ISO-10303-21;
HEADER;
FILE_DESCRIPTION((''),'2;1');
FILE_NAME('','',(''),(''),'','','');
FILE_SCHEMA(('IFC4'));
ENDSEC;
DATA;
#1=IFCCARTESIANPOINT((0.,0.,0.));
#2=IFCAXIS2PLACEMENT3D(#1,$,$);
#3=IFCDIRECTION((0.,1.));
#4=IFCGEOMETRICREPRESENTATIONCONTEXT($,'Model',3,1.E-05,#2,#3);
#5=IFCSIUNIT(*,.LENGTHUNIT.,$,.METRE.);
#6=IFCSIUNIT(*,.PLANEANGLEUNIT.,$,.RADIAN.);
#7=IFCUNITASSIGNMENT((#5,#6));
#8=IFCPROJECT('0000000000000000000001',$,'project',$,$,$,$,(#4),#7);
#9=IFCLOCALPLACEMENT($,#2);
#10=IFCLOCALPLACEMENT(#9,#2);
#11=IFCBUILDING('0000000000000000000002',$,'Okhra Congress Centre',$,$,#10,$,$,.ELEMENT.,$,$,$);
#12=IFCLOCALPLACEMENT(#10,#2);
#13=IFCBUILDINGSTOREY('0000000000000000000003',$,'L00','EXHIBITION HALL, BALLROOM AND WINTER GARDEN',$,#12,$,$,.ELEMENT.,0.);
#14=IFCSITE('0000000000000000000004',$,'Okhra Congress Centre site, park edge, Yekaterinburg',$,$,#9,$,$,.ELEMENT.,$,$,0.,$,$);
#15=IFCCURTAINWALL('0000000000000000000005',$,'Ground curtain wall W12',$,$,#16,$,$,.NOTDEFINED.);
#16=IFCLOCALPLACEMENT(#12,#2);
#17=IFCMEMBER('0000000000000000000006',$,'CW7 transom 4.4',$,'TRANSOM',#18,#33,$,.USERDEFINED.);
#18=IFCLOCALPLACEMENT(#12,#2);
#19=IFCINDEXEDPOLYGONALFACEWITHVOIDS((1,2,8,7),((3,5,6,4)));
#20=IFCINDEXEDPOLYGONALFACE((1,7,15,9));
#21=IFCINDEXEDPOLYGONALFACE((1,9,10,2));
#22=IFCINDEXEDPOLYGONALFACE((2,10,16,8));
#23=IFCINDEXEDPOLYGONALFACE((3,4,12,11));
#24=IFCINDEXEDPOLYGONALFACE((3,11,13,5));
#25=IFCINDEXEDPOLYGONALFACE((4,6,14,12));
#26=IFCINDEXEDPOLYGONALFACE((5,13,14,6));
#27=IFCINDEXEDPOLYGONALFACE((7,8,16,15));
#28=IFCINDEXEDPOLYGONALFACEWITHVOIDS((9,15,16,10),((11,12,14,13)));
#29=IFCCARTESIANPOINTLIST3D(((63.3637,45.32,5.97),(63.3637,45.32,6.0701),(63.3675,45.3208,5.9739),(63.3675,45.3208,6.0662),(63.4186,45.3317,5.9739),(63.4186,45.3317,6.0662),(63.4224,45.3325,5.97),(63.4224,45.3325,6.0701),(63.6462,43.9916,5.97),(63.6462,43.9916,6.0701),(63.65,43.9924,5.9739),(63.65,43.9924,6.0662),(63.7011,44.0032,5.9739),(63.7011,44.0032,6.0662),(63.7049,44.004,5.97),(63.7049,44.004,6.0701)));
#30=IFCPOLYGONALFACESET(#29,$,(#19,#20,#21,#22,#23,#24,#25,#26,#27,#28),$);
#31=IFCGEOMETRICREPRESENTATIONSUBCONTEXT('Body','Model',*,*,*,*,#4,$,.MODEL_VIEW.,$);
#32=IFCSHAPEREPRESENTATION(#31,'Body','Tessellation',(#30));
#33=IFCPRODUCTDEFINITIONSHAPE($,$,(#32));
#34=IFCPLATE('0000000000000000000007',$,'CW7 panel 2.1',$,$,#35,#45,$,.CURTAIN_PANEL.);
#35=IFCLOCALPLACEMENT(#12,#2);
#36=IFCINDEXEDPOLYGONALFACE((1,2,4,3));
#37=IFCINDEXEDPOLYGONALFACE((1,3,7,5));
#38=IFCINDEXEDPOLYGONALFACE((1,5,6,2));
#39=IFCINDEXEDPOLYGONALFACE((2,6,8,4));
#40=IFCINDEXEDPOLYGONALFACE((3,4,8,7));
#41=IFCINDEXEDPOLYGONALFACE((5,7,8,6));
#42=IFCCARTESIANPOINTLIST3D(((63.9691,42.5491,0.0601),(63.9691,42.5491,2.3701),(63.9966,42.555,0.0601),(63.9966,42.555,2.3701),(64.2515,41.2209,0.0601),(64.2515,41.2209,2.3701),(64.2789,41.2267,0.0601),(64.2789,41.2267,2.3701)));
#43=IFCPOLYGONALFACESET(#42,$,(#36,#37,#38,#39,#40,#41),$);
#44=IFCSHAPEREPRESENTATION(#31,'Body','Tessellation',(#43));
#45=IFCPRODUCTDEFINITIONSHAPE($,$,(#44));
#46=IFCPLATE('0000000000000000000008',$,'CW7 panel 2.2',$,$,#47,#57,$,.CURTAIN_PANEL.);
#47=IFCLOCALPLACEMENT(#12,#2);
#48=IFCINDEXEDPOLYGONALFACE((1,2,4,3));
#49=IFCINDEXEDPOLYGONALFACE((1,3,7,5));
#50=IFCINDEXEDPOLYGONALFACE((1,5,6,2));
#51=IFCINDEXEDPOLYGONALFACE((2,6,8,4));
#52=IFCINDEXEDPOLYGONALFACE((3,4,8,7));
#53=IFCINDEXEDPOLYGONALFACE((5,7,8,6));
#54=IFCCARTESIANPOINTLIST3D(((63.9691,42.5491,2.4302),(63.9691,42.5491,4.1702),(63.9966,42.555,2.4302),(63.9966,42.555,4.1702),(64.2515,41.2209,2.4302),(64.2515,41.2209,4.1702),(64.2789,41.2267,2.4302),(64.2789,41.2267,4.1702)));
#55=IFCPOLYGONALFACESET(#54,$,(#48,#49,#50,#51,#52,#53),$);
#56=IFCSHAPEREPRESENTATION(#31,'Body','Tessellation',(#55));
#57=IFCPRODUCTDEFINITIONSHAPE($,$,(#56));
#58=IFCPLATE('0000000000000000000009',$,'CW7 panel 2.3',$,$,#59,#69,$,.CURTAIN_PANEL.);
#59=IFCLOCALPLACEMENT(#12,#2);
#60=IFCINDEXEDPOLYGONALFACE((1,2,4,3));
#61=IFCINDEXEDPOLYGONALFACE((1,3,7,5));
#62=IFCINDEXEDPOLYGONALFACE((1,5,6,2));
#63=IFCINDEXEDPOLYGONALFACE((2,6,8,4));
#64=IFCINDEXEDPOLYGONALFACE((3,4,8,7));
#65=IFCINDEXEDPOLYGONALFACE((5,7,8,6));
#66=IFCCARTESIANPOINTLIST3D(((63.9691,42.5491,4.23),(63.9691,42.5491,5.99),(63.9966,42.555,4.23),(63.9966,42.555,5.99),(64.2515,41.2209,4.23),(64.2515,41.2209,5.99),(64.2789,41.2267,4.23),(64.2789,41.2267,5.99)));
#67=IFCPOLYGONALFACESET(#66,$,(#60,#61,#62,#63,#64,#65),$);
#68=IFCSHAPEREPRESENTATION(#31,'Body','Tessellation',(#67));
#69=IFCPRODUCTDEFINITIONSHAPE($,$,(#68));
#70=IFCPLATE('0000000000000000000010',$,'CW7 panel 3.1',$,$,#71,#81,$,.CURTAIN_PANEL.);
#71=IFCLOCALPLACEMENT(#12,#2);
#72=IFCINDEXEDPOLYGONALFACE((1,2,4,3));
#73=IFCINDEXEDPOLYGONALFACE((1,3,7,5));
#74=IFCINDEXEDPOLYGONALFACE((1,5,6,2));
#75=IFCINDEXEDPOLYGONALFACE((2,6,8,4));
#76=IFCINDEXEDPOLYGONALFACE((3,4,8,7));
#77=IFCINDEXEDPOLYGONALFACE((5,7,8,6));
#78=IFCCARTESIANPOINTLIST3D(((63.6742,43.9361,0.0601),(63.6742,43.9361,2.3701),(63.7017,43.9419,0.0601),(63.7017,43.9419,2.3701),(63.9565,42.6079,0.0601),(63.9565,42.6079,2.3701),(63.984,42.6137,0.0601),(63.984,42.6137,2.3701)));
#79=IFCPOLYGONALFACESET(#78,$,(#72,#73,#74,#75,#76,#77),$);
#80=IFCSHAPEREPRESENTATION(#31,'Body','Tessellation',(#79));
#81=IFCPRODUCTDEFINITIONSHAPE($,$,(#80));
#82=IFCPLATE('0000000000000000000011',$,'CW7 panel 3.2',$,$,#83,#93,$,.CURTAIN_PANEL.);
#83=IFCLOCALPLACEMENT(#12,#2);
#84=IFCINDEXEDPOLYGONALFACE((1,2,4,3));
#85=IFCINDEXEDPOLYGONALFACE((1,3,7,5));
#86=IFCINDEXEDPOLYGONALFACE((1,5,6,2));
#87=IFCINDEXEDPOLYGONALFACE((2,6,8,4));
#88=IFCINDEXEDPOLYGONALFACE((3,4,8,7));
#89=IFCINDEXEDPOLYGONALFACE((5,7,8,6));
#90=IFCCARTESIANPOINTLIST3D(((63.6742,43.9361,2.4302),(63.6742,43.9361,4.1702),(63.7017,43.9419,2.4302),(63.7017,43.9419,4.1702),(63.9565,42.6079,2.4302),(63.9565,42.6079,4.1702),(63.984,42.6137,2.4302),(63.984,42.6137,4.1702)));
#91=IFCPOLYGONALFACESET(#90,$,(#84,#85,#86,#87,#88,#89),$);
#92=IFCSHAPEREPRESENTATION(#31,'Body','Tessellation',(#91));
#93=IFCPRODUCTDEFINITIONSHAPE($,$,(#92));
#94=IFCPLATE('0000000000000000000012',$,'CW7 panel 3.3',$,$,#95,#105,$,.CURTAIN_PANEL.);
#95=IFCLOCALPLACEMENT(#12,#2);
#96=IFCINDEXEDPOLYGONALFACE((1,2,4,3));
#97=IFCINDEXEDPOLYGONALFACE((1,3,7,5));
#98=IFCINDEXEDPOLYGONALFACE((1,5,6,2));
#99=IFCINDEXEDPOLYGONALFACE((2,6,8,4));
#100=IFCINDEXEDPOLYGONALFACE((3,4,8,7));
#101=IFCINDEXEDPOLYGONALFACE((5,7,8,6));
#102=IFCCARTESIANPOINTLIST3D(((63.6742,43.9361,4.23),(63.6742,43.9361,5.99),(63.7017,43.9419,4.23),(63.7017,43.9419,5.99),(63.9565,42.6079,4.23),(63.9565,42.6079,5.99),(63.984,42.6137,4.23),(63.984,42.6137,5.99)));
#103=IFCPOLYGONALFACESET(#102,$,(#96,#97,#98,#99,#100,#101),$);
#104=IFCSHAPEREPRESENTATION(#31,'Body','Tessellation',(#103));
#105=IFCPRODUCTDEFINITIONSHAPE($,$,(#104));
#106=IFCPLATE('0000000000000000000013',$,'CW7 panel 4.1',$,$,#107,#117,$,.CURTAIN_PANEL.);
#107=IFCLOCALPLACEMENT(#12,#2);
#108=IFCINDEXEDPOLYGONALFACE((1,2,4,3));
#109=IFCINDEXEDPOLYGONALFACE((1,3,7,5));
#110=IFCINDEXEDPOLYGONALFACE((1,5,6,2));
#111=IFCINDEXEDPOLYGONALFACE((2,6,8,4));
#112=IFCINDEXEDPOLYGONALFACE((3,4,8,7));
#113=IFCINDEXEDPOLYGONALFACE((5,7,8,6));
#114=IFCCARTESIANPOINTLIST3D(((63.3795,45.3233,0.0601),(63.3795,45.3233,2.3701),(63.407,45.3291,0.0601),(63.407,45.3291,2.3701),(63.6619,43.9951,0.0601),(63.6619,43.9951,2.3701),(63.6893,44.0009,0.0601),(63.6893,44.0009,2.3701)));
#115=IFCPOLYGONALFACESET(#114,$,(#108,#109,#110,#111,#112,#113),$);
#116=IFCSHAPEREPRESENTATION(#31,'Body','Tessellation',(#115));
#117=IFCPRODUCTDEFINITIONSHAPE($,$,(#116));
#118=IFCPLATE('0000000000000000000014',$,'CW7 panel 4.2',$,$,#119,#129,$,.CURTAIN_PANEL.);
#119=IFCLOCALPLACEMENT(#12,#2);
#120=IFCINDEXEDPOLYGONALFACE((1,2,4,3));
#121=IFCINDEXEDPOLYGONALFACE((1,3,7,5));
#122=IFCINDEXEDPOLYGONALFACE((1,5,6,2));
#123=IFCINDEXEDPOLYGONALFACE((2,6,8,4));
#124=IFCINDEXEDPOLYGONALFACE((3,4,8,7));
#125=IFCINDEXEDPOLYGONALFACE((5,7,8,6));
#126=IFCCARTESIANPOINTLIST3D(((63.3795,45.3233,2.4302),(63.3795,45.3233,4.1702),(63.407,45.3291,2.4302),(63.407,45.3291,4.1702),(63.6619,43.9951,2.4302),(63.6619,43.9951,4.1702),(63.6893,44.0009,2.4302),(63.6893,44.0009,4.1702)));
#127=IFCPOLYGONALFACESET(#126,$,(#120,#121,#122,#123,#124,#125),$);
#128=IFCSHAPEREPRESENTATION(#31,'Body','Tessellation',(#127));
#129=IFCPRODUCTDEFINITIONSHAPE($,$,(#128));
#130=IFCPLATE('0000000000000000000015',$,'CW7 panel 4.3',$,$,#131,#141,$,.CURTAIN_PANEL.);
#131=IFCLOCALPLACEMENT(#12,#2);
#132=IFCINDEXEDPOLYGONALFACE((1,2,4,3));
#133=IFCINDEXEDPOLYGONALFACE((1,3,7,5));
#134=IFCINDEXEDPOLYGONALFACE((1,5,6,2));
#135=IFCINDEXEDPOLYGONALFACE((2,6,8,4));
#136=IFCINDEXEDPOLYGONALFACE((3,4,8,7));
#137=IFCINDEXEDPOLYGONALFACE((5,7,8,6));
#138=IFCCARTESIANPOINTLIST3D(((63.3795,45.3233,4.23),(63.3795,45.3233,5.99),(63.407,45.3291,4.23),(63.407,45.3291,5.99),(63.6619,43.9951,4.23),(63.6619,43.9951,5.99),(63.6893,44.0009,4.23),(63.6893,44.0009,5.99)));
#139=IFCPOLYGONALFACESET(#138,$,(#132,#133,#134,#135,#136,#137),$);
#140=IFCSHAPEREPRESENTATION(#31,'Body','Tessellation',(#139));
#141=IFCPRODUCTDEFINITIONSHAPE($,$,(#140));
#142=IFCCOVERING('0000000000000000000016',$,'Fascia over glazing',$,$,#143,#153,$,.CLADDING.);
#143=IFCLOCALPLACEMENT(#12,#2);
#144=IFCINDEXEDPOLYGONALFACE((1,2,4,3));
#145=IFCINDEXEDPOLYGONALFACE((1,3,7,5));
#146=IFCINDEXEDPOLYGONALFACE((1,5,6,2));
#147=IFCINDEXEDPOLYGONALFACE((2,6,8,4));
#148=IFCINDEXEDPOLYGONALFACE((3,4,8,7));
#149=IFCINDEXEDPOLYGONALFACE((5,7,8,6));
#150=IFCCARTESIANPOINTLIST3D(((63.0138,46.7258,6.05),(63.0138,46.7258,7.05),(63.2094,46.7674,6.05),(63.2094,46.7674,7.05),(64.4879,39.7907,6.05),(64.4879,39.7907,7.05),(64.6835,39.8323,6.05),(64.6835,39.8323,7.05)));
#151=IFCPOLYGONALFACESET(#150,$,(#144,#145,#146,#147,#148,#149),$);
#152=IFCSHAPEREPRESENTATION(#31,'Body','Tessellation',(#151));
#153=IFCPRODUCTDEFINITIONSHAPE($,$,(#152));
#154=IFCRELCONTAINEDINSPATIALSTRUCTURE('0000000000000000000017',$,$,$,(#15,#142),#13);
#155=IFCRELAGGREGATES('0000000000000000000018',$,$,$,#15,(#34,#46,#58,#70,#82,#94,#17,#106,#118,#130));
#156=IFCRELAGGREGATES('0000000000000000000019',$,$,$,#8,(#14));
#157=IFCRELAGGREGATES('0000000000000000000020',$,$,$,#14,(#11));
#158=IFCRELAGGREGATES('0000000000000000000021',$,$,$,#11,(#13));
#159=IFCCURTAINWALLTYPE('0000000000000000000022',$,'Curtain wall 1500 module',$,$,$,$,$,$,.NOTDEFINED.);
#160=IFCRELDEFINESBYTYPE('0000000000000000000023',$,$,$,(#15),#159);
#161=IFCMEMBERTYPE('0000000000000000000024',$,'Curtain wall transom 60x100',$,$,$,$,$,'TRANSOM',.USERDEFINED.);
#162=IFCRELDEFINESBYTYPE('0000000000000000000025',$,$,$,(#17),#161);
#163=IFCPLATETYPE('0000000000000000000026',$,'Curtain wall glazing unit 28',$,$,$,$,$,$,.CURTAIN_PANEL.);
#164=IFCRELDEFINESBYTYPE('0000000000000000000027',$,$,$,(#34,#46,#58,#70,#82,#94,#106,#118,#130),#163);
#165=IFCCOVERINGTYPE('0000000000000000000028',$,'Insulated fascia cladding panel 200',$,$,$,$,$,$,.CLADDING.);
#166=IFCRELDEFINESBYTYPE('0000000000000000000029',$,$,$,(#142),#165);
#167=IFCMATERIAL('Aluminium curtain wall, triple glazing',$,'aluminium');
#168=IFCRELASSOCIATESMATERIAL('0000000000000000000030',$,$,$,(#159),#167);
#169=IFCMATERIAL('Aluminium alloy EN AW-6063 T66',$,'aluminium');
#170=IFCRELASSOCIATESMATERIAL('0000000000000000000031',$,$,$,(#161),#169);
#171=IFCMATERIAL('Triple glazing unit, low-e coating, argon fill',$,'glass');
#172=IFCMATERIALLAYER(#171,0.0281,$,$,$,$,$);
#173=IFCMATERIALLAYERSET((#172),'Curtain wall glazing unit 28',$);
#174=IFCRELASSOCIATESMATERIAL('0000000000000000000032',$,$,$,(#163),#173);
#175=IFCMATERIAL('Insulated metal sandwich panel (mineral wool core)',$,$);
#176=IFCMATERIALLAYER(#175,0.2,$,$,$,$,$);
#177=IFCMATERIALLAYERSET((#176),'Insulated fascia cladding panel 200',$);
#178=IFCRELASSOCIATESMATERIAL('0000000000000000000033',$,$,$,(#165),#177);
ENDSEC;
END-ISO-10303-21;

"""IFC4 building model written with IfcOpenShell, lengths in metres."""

from ifc_helpers import new_model, si_unit, direction, frame, origin, origin_2d, place, context, subcontext, project, spatial, rectangle, hollow_rectangle, extrude, material, layer, layer_set, material_profile, profile_set, type_object, element, aggregate, save


model = new_model("IFC4")

# Units and contexts
model_context = context("Model", 3, precision=1e-05, world=origin(), true_north=direction((0.0, 1.0)))
body_context = subcontext(model_context, "Body", "Model", "MODEL_VIEW")
ifc_project = project(units=[si_unit("LENGTHUNIT", "METRE"), si_unit("PLANEANGLEUNIT", "RADIAN")], contexts=[model_context])

# Site, building, storey
site_placement = place(None, origin())
site = spatial("IfcSite", under=ifc_project, at=site_placement, Name="Okhra Congress Centre site, park edge, Yekaterinburg", CompositionType="ELEMENT", RefElevation=0.0)
building_placement = place(site_placement, origin())
building = spatial("IfcBuilding", under=site, at=building_placement, Name="Okhra Congress Centre", CompositionType="ELEMENT")
storey_placement = place(building_placement, origin())
storey = spatial("IfcBuildingStorey", under=building, at=storey_placement, Name="L00", Description="EXHIBITION HALL, BALLROOM AND WINTER GARDEN", CompositionType="ELEMENT", Elevation=0.0)

# Curtain wall, member, plates
ifc_material_1 = material(Name="Aluminium curtain wall, triple glazing", Category="aluminium")
curtain_wall_type = type_object("IfcCurtainWallType", Name="Curtain wall 1500 module", PredefinedType="NOTDEFINED", material=ifc_material_1)
curtain_wall_placement = place(storey_placement, origin())
curtain_wall = element("IfcCurtainWall", 1, at=curtain_wall_placement, inside=storey, type_object=curtain_wall_type, Name="Ground curtain wall W12", PredefinedType="NOTDEFINED")
ifc_material_2 = material(Name="Aluminium alloy EN AW-6063 T66", Category="aluminium")
ifc_material_profile_1 = material_profile(ifc_material_2, hollow_rectangle(XDim=0.0601, YDim=0.1001, WallThickness=0.0039, at=origin_2d()), Name="RHS 60x100x4")
ifc_profile_set_1 = profile_set([ifc_material_profile_1], Name="Aluminium alloy EN AW-6063 T66")
member_type_1 = type_object("IfcMemberType", Name="Curtain wall transom 60x100", ElementType="TRANSOM", PredefinedType="USERDEFINED", material=ifc_profile_set_1)
member_1_placement = place(storey_placement, frame((63.6755, 43.9978, 6.02), z_axis=(-0.207994, 0.97813, 0.0), x_axis=(-0.97813, -0.207994, 0.0)))
member_1 = element("IfcMember", 2, at=member_1_placement, type_object=member_type_1, Name="CW7 transom 4.4", ObjectType="TRANSOM", PredefinedType="USERDEFINED", context=body_context, shape_type="SweptSolid", body=[
    extrude(hollow_rectangle(XDim=0.0601, YDim=0.1001, WallThickness=0.0039, at=origin_2d()), origin(), (0.0, 0.0, 1.0), 1.3582),
])
ifc_material_3 = material(Name="Triple glazing unit, low-e coating, argon fill", Category="glass")
ifc_layer_1 = layer(ifc_material_3, 0.0281)
ifc_layer_set_1 = layer_set([ifc_layer_1], Name="Curtain wall glazing unit 28")
plate_type = type_object("IfcPlateType", Name="Curtain wall glazing unit 28", PredefinedType="CURTAIN_PANEL", material=ifc_layer_set_1)
plate_1_placement = place(storey_placement, frame((64.124, 41.8879, 0.0601), z_axis=(0.0, 0.0, 1.0), x_axis=(-0.207912, 0.978148, 0.0)))
plate_1 = element("IfcPlate", 3, at=plate_1_placement, type_object=plate_type, Name="CW7 panel 2.1", PredefinedType="CURTAIN_PANEL", context=body_context, shape_type="SweptSolid", body=[
    extrude(rectangle(XDim=1.3579, YDim=0.0281, at=origin_2d()), origin(), (0.0, 0.0, 1.0), 2.3101),
])
plate_2_placement = place(storey_placement, frame((64.124, 41.8879, 2.4302), z_axis=(0.0, 0.0, 1.0), x_axis=(-0.207912, 0.978148, 0.0)))
plate_2 = element("IfcPlate", 4, at=plate_2_placement, type_object=plate_type, Name="CW7 panel 2.2", PredefinedType="CURTAIN_PANEL", context=body_context, shape_type="SweptSolid", body=[
    extrude(rectangle(XDim=1.3579, YDim=0.0281, at=origin_2d()), origin(), (0.0, 0.0, 1.0), 1.74),
])
plate_3_placement = place(storey_placement, frame((64.124, 41.8879, 4.23), z_axis=(0.0, 0.0, 1.0), x_axis=(-0.207912, 0.978148, 0.0)))
plate_3 = element("IfcPlate", 5, at=plate_3_placement, type_object=plate_type, Name="CW7 panel 2.3", PredefinedType="CURTAIN_PANEL", context=body_context, shape_type="SweptSolid", body=[
    extrude(rectangle(XDim=1.3579, YDim=0.0281, at=origin_2d()), origin(), (0.0, 0.0, 1.0), 1.76),
])
plate_4_placement = place(storey_placement, frame((63.8291, 43.2749, 0.0601), z_axis=(0.0, 0.0, 1.0), x_axis=(-0.207912, 0.978148, 0.0)))
plate_4 = element("IfcPlate", 6, at=plate_4_placement, type_object=plate_type, Name="CW7 panel 3.1", PredefinedType="CURTAIN_PANEL", context=body_context, shape_type="SweptSolid", body=[
    extrude(rectangle(XDim=1.3579, YDim=0.0281, at=origin_2d()), origin(), (0.0, 0.0, 1.0), 2.3101),
])
plate_5_placement = place(storey_placement, frame((63.8291, 43.2749, 2.4302), z_axis=(0.0, 0.0, 1.0), x_axis=(-0.207912, 0.978148, 0.0)))
plate_5 = element("IfcPlate", 7, at=plate_5_placement, type_object=plate_type, Name="CW7 panel 3.2", PredefinedType="CURTAIN_PANEL", context=body_context, shape_type="SweptSolid", body=[
    extrude(rectangle(XDim=1.3579, YDim=0.0281, at=origin_2d()), origin(), (0.0, 0.0, 1.0), 1.74),
])
plate_6_placement = place(storey_placement, frame((63.8291, 43.2749, 4.23), z_axis=(0.0, 0.0, 1.0), x_axis=(-0.207912, 0.978148, 0.0)))
plate_6 = element("IfcPlate", 8, at=plate_6_placement, type_object=plate_type, Name="CW7 panel 3.3", PredefinedType="CURTAIN_PANEL", context=body_context, shape_type="SweptSolid", body=[
    extrude(rectangle(XDim=1.3579, YDim=0.0281, at=origin_2d()), origin(), (0.0, 0.0, 1.0), 1.76),
])
plate_7_placement = place(storey_placement, frame((63.5344, 44.6621, 0.0601), z_axis=(0.0, 0.0, 1.0), x_axis=(-0.207912, 0.978148, 0.0)))
plate_7 = element("IfcPlate", 9, at=plate_7_placement, type_object=plate_type, Name="CW7 panel 4.1", PredefinedType="CURTAIN_PANEL", context=body_context, shape_type="SweptSolid", body=[
    extrude(rectangle(XDim=1.3579, YDim=0.0281, at=origin_2d()), origin(), (0.0, 0.0, 1.0), 2.3101),
])
plate_8_placement = place(storey_placement, frame((63.5344, 44.6621, 2.4302), z_axis=(0.0, 0.0, 1.0), x_axis=(-0.207912, 0.978148, 0.0)))
plate_8 = element("IfcPlate", 10, at=plate_8_placement, type_object=plate_type, Name="CW7 panel 4.2", PredefinedType="CURTAIN_PANEL", context=body_context, shape_type="SweptSolid", body=[
    extrude(rectangle(XDim=1.3579, YDim=0.0281, at=origin_2d()), origin(), (0.0, 0.0, 1.0), 1.74),
])
plate_9_placement = place(storey_placement, frame((63.5344, 44.6621, 4.23), z_axis=(0.0, 0.0, 1.0), x_axis=(-0.207912, 0.978148, 0.0)))
plate_9 = element("IfcPlate", 11, at=plate_9_placement, type_object=plate_type, Name="CW7 panel 4.3", PredefinedType="CURTAIN_PANEL", context=body_context, shape_type="SweptSolid", body=[
    extrude(rectangle(XDim=1.3579, YDim=0.0281, at=origin_2d()), origin(), (0.0, 0.0, 1.0), 1.76),
])
aggregate(curtain_wall, [plate_1, plate_2, plate_3, plate_4, plate_5, plate_6, member_1, plate_7, plate_8, plate_9])

# Covering
ifc_material_4 = material(Name="Insulated metal sandwich panel (mineral wool core)")
ifc_layer_2 = layer(ifc_material_4, 0.2)
ifc_layer_set_2 = layer_set([ifc_layer_2], Name="Insulated fascia cladding panel 200")
covering_type = type_object("IfcCoveringType", Name="Insulated fascia cladding panel 200", PredefinedType="CLADDING", material=ifc_layer_set_2)
covering_placement = place(storey_placement, frame((63.8486, 43.2791, 6.05), z_axis=(0.0, 0.0, 1.0), x_axis=(-0.207912, 0.978148, 0.0)))
element("IfcCovering", 12, at=covering_placement, inside=storey, type_object=covering_type, Name="Fascia over glazing", PredefinedType="CLADDING", context=body_context, shape_type="SweptSolid", body=[
    extrude(rectangle(XDim=7.0901, YDim=0.2, at=origin_2d()), origin(), (0.0, 0.0, 1.0), 1.0),
])

save(model, "model.ifc")
